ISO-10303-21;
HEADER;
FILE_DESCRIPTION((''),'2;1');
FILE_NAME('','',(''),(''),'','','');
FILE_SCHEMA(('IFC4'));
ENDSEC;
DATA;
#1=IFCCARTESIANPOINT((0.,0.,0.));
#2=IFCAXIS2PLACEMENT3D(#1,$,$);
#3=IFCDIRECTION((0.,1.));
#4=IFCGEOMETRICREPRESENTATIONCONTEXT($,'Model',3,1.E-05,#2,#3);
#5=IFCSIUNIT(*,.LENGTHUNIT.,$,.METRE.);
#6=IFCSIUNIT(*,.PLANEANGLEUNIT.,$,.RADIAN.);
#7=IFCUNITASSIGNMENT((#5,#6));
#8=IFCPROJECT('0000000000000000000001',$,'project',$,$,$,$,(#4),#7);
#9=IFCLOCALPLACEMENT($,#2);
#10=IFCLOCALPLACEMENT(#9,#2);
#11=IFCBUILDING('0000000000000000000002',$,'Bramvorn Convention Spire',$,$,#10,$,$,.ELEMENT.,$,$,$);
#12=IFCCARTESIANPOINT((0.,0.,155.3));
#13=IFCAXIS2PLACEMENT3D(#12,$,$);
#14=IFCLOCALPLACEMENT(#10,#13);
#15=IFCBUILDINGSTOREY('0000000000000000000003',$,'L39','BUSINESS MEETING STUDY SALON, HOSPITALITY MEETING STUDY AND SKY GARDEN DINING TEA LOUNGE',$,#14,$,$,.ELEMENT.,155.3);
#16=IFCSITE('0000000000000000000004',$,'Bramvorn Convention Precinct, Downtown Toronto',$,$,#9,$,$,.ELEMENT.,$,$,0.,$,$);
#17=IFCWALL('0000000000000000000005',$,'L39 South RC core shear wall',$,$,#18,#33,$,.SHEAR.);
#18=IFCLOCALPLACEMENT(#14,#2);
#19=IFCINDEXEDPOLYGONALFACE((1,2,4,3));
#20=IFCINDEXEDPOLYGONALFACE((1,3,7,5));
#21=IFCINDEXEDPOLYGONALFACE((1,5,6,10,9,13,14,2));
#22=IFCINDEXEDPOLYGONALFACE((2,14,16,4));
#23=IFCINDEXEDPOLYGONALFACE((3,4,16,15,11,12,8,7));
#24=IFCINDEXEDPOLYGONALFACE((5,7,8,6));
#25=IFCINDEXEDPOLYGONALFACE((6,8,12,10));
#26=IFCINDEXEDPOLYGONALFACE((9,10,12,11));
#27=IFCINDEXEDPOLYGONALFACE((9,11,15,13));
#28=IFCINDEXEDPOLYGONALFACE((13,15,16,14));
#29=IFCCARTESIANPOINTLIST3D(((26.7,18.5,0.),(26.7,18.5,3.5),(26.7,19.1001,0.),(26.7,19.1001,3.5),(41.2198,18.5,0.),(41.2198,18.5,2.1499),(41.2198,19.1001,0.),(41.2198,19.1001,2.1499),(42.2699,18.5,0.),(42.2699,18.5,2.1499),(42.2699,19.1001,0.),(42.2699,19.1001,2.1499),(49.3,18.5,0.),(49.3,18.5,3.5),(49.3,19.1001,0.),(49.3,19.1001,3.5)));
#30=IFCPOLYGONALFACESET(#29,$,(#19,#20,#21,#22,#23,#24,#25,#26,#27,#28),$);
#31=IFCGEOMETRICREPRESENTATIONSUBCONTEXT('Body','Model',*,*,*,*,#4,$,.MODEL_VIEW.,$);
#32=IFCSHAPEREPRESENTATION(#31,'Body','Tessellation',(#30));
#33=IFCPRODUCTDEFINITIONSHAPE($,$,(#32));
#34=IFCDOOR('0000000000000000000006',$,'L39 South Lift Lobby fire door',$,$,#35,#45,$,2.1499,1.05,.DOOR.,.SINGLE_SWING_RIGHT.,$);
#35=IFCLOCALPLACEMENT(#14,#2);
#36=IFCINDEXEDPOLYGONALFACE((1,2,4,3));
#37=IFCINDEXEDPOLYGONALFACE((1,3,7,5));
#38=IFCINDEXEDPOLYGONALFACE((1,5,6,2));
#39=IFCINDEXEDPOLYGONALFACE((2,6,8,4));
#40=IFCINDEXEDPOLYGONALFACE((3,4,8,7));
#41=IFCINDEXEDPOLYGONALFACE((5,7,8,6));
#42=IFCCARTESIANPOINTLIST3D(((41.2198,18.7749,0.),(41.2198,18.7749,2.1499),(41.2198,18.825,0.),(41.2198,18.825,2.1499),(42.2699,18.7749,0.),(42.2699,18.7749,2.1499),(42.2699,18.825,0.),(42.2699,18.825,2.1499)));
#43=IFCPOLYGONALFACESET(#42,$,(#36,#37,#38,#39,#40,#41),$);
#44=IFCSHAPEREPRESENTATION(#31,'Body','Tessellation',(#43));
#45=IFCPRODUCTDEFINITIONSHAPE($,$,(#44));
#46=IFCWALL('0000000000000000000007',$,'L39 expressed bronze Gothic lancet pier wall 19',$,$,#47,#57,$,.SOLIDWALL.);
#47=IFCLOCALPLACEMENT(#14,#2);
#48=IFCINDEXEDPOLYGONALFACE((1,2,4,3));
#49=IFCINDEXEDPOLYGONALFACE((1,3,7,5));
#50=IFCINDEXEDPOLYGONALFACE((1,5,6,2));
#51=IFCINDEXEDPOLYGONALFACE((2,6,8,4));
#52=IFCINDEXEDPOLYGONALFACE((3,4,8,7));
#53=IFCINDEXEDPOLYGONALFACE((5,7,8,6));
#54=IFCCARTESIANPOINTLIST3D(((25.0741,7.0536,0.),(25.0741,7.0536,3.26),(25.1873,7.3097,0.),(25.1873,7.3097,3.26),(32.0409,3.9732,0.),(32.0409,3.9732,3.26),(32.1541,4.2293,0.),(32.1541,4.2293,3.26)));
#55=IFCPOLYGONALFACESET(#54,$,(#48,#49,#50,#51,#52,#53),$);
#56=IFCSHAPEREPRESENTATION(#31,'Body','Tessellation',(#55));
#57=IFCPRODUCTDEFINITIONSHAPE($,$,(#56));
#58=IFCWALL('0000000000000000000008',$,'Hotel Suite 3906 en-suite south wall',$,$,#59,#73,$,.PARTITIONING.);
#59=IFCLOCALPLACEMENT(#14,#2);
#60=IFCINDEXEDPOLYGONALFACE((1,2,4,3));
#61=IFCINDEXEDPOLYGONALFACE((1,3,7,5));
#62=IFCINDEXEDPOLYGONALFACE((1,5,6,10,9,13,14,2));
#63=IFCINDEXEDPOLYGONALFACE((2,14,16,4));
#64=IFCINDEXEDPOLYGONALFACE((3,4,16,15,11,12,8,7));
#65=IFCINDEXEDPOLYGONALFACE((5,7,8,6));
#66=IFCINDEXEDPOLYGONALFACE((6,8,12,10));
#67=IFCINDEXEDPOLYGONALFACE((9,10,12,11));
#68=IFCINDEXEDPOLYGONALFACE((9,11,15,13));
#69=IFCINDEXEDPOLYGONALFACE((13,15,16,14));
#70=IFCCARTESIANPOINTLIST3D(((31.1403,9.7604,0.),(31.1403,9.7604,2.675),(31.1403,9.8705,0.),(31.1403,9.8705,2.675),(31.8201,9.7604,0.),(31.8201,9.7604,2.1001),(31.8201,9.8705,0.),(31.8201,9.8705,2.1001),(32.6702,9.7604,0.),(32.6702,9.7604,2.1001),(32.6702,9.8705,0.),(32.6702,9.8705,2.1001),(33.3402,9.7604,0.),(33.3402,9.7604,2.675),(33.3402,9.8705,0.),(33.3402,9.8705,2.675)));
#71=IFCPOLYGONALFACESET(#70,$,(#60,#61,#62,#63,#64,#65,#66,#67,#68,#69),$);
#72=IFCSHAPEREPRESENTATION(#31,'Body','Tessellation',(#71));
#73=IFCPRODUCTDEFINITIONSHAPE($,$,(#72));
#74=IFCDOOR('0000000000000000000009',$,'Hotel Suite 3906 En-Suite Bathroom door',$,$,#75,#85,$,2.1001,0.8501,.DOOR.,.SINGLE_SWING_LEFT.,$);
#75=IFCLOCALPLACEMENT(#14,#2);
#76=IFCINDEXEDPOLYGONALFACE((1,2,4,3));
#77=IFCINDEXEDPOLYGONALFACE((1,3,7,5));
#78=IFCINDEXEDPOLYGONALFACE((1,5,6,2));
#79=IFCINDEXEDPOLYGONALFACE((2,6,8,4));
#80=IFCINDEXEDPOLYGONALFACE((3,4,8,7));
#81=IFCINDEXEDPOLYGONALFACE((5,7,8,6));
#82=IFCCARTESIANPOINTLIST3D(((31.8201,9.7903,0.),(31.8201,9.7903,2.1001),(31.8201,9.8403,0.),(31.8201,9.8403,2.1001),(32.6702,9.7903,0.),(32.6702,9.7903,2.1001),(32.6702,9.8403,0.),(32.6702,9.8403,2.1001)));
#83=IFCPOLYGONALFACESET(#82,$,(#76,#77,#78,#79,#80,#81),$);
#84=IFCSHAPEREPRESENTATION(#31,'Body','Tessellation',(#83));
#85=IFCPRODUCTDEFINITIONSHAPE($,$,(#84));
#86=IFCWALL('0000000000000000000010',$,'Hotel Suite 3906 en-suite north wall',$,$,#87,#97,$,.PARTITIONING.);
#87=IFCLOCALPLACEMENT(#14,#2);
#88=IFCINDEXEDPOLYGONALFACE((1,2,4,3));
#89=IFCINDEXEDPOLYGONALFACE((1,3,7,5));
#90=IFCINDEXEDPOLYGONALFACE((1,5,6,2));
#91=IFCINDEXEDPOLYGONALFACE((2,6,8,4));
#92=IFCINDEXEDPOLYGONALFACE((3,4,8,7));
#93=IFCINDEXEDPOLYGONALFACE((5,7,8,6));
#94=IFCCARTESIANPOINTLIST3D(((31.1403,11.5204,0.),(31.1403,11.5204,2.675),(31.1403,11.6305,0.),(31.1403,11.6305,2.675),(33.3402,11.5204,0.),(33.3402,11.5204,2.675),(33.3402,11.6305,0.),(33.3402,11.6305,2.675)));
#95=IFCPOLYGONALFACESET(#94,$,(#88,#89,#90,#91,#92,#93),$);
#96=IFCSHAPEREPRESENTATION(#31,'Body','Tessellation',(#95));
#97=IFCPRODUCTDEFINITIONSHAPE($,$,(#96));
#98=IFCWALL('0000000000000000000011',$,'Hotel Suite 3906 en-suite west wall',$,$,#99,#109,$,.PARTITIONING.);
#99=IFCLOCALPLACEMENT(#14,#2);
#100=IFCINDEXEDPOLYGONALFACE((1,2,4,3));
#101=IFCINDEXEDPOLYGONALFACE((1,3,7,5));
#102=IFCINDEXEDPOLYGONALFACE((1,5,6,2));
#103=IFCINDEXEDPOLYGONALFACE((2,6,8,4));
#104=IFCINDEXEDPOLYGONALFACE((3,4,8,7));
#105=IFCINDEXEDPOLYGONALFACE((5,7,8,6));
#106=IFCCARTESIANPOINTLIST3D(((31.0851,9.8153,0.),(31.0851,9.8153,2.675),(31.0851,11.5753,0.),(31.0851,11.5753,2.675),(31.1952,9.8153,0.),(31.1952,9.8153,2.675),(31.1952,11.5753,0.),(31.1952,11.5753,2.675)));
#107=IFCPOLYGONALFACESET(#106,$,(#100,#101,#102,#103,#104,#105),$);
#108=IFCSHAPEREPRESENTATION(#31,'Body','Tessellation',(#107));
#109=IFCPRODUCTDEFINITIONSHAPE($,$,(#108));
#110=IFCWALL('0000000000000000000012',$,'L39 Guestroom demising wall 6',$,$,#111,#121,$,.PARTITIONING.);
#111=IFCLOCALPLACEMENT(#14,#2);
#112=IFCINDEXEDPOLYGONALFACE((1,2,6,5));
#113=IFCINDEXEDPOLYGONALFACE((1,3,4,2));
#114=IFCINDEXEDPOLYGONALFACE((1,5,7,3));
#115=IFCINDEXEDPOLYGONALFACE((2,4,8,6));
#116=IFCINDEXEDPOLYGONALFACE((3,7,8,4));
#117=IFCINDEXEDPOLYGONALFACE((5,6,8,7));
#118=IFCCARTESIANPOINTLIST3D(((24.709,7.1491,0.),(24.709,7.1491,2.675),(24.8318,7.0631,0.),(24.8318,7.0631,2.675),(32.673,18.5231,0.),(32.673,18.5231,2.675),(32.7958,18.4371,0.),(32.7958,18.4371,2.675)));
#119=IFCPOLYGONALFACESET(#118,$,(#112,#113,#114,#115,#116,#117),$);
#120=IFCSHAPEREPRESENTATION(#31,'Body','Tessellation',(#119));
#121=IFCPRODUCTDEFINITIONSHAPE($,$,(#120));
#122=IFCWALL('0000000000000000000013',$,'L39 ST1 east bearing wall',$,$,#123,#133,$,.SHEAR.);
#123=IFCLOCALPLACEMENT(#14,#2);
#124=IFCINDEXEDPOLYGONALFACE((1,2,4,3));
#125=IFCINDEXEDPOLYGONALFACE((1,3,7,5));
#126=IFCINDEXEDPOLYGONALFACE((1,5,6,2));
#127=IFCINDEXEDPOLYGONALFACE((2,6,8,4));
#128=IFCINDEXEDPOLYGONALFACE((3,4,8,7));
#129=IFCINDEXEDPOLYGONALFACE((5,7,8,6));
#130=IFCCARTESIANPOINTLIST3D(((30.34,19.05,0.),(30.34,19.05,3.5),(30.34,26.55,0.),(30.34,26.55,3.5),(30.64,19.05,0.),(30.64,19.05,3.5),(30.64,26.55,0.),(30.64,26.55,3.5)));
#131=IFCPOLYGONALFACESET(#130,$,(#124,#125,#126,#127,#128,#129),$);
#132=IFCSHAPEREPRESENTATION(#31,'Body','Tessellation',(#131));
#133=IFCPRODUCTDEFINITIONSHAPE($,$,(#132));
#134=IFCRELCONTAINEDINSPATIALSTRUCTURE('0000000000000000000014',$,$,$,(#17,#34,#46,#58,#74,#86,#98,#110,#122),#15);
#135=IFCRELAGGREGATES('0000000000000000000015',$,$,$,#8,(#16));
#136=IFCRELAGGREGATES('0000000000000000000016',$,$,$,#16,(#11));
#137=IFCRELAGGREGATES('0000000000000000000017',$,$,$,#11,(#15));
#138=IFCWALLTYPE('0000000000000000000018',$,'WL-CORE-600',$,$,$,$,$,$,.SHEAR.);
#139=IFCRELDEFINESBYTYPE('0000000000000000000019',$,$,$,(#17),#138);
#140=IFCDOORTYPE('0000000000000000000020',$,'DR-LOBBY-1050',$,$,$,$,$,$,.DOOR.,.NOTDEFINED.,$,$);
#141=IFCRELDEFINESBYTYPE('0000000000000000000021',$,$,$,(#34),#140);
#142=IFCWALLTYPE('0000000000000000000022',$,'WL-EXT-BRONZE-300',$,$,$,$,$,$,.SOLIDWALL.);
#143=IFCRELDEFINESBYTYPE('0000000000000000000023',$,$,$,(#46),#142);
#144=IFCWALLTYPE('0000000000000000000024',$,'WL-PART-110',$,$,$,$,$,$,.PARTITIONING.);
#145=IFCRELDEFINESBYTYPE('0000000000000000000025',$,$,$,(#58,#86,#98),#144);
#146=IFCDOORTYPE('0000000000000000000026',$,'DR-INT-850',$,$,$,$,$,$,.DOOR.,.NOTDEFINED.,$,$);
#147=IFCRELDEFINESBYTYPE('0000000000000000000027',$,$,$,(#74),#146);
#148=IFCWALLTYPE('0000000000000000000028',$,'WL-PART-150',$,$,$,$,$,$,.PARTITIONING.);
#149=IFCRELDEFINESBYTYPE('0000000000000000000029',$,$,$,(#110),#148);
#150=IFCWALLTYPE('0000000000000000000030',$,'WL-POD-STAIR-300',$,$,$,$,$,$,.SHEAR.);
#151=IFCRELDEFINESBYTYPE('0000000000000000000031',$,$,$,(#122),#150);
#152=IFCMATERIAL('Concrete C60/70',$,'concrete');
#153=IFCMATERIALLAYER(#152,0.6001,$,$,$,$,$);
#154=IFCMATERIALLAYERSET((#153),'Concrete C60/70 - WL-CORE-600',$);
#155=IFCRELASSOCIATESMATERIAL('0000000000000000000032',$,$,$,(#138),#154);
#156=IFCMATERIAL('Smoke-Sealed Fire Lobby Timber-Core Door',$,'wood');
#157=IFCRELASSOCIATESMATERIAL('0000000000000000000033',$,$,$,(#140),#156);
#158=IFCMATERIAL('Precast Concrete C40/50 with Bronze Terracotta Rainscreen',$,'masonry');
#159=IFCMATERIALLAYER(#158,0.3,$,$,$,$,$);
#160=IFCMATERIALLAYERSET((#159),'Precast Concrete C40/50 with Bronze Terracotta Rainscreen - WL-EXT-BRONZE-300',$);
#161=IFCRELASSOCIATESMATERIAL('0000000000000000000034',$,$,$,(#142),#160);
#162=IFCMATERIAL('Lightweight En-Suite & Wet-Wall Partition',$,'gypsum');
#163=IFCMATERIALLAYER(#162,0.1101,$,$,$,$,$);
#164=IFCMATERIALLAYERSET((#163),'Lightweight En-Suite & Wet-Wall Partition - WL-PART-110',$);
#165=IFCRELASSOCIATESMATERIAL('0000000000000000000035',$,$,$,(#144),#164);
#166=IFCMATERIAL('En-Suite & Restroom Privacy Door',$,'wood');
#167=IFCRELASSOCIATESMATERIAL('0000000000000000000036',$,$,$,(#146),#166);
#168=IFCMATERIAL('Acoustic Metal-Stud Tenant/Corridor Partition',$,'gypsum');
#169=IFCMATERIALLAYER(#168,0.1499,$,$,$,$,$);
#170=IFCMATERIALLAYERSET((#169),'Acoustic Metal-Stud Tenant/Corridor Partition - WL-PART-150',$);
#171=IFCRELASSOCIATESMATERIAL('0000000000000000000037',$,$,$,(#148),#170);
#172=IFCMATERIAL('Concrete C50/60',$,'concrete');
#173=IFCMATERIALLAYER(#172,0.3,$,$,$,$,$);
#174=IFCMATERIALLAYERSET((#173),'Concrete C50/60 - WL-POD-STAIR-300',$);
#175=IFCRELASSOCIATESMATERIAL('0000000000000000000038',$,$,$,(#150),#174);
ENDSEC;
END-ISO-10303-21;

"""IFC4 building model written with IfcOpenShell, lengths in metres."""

from ifc_helpers import new_model, si_unit, direction, frame, frame_2d, origin, place, context, subcontext, project, spatial, rectangle, extrude, material, layer, layer_set, type_object, element, fill, save


model = new_model("IFC4")

# Units and contexts
model_context = context("Model", 3, precision=1e-05, world=origin(), true_north=direction((0.0, 1.0)))
body_context = subcontext(model_context, "Body", "Model", "MODEL_VIEW")
ifc_project = project(units=[si_unit("LENGTHUNIT", "METRE"), si_unit("PLANEANGLEUNIT", "RADIAN")], contexts=[model_context])

# Site, building, storey
site_placement = place(None, origin())
site = spatial("IfcSite", under=ifc_project, at=site_placement, Name="Bramvorn Convention Precinct, Downtown Toronto", CompositionType="ELEMENT", RefElevation=0.0)
building_placement = place(site_placement, origin())
building = spatial("IfcBuilding", under=site, at=building_placement, Name="Bramvorn Convention Spire", CompositionType="ELEMENT")
storey_placement = place(building_placement, frame((0.0, 0.0, 155.3)))
storey = spatial("IfcBuildingStorey", under=building, at=storey_placement, Name="L39", Description="BUSINESS MEETING STUDY SALON, HOSPITALITY MEETING STUDY AND SKY GARDEN DINING TEA LOUNGE", CompositionType="ELEMENT", Elevation=155.3)

# Wall, opening, door
ifc_material_1 = material(Name="Concrete C60/70", Category="concrete")
ifc_layer_1 = layer(ifc_material_1, 0.6001)
ifc_layer_set_1 = layer_set([ifc_layer_1], Name="Concrete C60/70 - WL-CORE-600")
wall_type_1 = type_object("IfcWallType", Name="WL-CORE-600", PredefinedType="SHEAR", material=ifc_layer_set_1)
wall_1_placement = place(storey_placement, frame((26.7, 18.8, 0.0), z_axis=(0.0, 0.0, 1.0), x_axis=(1.0, 0.0, 0.0)))
wall_1 = element("IfcWall", 1, at=wall_1_placement, inside=storey, type_object=wall_type_1, Name="L39 South RC core shear wall", PredefinedType="SHEAR", context=body_context, shape_type="SweptSolid", body=[
    extrude(rectangle(XDim=22.6001, YDim=0.6001, at=frame_2d((11.3, 0.0))), origin(), (0.0, 0.0, 1.0), 3.5),
])
opening_1_placement = place(wall_1_placement, frame((14.52, 0.0, 0.0)))
opening_1 = element("IfcOpeningElement", 2, at=opening_1_placement, cuts=wall_1, PredefinedType="OPENING", context=body_context, shape_type="SweptSolid", body=[
    extrude(rectangle(XDim=1.05, YDim=2.1499, at=frame_2d((0.5249, 1.075))), frame((0.0, 0.3101, 0.0), z_axis=(0.0, -1.0, 0.0), x_axis=(1.0, 0.0, 0.0)), (0.0, 0.0, 1.0), 0.6201),
])
ifc_material_2 = material(Name="Smoke-Sealed Fire Lobby Timber-Core Door", Category="wood")
door_type_1 = type_object("IfcDoorType", Name="DR-LOBBY-1050", OperationType="NOTDEFINED", PredefinedType="DOOR", material=ifc_material_2)
door_1_placement = place(opening_1_placement, origin())
door_1 = element("IfcDoor", 3, at=door_1_placement, inside=storey, type_object=door_type_1, Name="L39 South Lift Lobby fire door", OperationType="SINGLE_SWING_RIGHT", OverallHeight=2.1499, OverallWidth=1.05, PredefinedType="DOOR", context=body_context, shape_type="SweptSolid", body=[
    extrude(rectangle(XDim=1.05, YDim=2.1499, at=frame_2d((0.5249, 1.075))), frame((0.0, 0.0249, 0.0), z_axis=(0.0, -1.0, 0.0), x_axis=(1.0, 0.0, 0.0)), (0.0, 0.0, 1.0), 0.05),
])
fill(opening_1, door_1)

# Wall
ifc_material_3 = material(Name="Precast Concrete C40/50 with Bronze Terracotta Rainscreen", Category="masonry")
ifc_layer_2 = layer(ifc_material_3, 0.3)
ifc_layer_set_2 = layer_set([ifc_layer_2], Name="Precast Concrete C40/50 with Bronze Terracotta Rainscreen - WL-EXT-BRONZE-300")
wall_type_2 = type_object("IfcWallType", Name="WL-EXT-BRONZE-300", PredefinedType="SOLIDWALL", material=ifc_layer_set_2)
wall_2_placement = place(storey_placement, frame((32.0974, 4.1013, 0.0), z_axis=(0.0, 0.0, 1.0), x_axis=(-0.914591, 0.40438, 0.0)))
element("IfcWall", 4, at=wall_2_placement, inside=storey, type_object=wall_type_2, Name="L39 expressed bronze Gothic lancet pier wall 19", PredefinedType="SOLIDWALL", context=body_context, shape_type="SweptSolid", body=[
    extrude(rectangle(XDim=7.6174, YDim=0.28, at=frame_2d((3.8086, 0.0))), origin(), (0.0, 0.0, 1.0), 3.26),
])

# Wall, opening, door
ifc_material_4 = material(Name="Lightweight En-Suite & Wet-Wall Partition", Category="gypsum")
ifc_layer_3 = layer(ifc_material_4, 0.1101)
ifc_layer_set_3 = layer_set([ifc_layer_3], Name="Lightweight En-Suite & Wet-Wall Partition - WL-PART-110")
wall_type_3 = type_object("IfcWallType", Name="WL-PART-110", PredefinedType="PARTITIONING", material=ifc_layer_set_3)
wall_3_placement = place(storey_placement, frame((31.1401, 9.8154, 0.0), z_axis=(0.0, 0.0, 1.0), x_axis=(1.0, 0.0, 0.0)))
wall_3 = element("IfcWall", 5, at=wall_3_placement, inside=storey, type_object=wall_type_3, Name="Hotel Suite 3906 en-suite south wall", PredefinedType="PARTITIONING", context=body_context, shape_type="SweptSolid", body=[
    extrude(rectangle(XDim=2.2, YDim=0.1101, at=frame_2d((1.1001, 0.0))), origin(), (0.0, 0.0, 1.0), 2.675),
])
opening_2_placement = place(wall_3_placement, frame((0.6799, 0.0, 0.0)))
opening_2 = element("IfcOpeningElement", 6, at=opening_2_placement, cuts=wall_3, PredefinedType="OPENING", context=body_context, shape_type="SweptSolid", body=[
    extrude(rectangle(XDim=0.8501, YDim=2.1001, at=frame_2d((0.425, 1.05))), frame((0.0, 0.0649, 0.0), z_axis=(0.0, -1.0, 0.0), x_axis=(1.0, 0.0, 0.0)), (0.0, 0.0, 1.0), 0.1301),
])
ifc_material_5 = material(Name="En-Suite & Restroom Privacy Door", Category="wood")
door_type_2 = type_object("IfcDoorType", Name="DR-INT-850", OperationType="NOTDEFINED", PredefinedType="DOOR", material=ifc_material_5)
door_2_placement = place(opening_2_placement, origin())
door_2 = element("IfcDoor", 7, at=door_2_placement, inside=storey, type_object=door_type_2, Name="Hotel Suite 3906 En-Suite Bathroom door", OperationType="SINGLE_SWING_LEFT", OverallHeight=2.1001, OverallWidth=0.8501, PredefinedType="DOOR", context=body_context, shape_type="SweptSolid", body=[
    extrude(rectangle(XDim=0.8501, YDim=2.1001, at=frame_2d((0.425, 1.05))), frame((0.0, 0.0249, 0.0), z_axis=(0.0, -1.0, 0.0), x_axis=(1.0, 0.0, 0.0)), (0.0, 0.0, 1.0), 0.05),
])
fill(opening_2, door_2)

# Walls
wall_4_placement = place(storey_placement, frame((31.1401, 11.5754, 0.0), z_axis=(0.0, 0.0, 1.0), x_axis=(1.0, 0.0, 0.0)))
element("IfcWall", 8, at=wall_4_placement, inside=storey, type_object=wall_type_3, Name="Hotel Suite 3906 en-suite north wall", PredefinedType="PARTITIONING", context=body_context, shape_type="SweptSolid", body=[
    extrude(rectangle(XDim=2.2, YDim=0.1101, at=frame_2d((1.1001, 0.0))), origin(), (0.0, 0.0, 1.0), 2.675),
])
wall_5_placement = place(storey_placement, frame((31.1401, 9.8154, 0.0), z_axis=(0.0, 0.0, 1.0), x_axis=(0.0, 1.0, 0.0)))
element("IfcWall", 9, at=wall_5_placement, inside=storey, type_object=wall_type_3, Name="Hotel Suite 3906 en-suite west wall", PredefinedType="PARTITIONING", context=body_context, shape_type="SweptSolid", body=[
    extrude(rectangle(XDim=1.76, YDim=0.1101, at=frame_2d((0.8799, 0.0))), origin(), (0.0, 0.0, 1.0), 2.675),
])
ifc_material_6 = material(Name="Acoustic Metal-Stud Tenant/Corridor Partition", Category="gypsum")
ifc_layer_4 = layer(ifc_material_6, 0.1499)
ifc_layer_set_4 = layer_set([ifc_layer_4], Name="Acoustic Metal-Stud Tenant/Corridor Partition - WL-PART-150")
wall_type_4 = type_object("IfcWallType", Name="WL-PART-150", PredefinedType="PARTITIONING", material=ifc_layer_set_4)
wall_6_placement = place(storey_placement, frame((32.7344, 18.48, 0.0), z_axis=(0.0, 0.0, 1.0), x_axis=(-0.573573, -0.819154, 0.0)))
element("IfcWall", 10, at=wall_6_placement, inside=storey, type_object=wall_type_4, Name="L39 Guestroom demising wall 6", PredefinedType="PARTITIONING", context=body_context, shape_type="SweptSolid", body=[
    extrude(rectangle(XDim=13.885, YDim=0.1499, at=frame_2d((6.9424, 0.0))), origin(), (0.0, 0.0, 1.0), 2.675),
])
ifc_material_7 = material(Name="Concrete C50/60", Category="concrete")
ifc_layer_5 = layer(ifc_material_7, 0.3)
ifc_layer_set_5 = layer_set([ifc_layer_5], Name="Concrete C50/60 - WL-POD-STAIR-300")
wall_type_5 = type_object("IfcWallType", Name="WL-POD-STAIR-300", PredefinedType="SHEAR", material=ifc_layer_set_5)
wall_7_placement = place(storey_placement, frame((30.49, 19.05, 0.0), z_axis=(0.0, 0.0, 1.0), x_axis=(0.0, 1.0, 0.0)))
element("IfcWall", 11, at=wall_7_placement, inside=storey, type_object=wall_type_5, Name="L39 ST1 east bearing wall", PredefinedType="SHEAR", context=body_context, shape_type="SweptSolid", body=[
    extrude(rectangle(XDim=7.5, YDim=0.3, at=frame_2d((3.75, 0.0))), origin(), (0.0, 0.0, 1.0), 3.5),
])

save(model, "model.ifc")
